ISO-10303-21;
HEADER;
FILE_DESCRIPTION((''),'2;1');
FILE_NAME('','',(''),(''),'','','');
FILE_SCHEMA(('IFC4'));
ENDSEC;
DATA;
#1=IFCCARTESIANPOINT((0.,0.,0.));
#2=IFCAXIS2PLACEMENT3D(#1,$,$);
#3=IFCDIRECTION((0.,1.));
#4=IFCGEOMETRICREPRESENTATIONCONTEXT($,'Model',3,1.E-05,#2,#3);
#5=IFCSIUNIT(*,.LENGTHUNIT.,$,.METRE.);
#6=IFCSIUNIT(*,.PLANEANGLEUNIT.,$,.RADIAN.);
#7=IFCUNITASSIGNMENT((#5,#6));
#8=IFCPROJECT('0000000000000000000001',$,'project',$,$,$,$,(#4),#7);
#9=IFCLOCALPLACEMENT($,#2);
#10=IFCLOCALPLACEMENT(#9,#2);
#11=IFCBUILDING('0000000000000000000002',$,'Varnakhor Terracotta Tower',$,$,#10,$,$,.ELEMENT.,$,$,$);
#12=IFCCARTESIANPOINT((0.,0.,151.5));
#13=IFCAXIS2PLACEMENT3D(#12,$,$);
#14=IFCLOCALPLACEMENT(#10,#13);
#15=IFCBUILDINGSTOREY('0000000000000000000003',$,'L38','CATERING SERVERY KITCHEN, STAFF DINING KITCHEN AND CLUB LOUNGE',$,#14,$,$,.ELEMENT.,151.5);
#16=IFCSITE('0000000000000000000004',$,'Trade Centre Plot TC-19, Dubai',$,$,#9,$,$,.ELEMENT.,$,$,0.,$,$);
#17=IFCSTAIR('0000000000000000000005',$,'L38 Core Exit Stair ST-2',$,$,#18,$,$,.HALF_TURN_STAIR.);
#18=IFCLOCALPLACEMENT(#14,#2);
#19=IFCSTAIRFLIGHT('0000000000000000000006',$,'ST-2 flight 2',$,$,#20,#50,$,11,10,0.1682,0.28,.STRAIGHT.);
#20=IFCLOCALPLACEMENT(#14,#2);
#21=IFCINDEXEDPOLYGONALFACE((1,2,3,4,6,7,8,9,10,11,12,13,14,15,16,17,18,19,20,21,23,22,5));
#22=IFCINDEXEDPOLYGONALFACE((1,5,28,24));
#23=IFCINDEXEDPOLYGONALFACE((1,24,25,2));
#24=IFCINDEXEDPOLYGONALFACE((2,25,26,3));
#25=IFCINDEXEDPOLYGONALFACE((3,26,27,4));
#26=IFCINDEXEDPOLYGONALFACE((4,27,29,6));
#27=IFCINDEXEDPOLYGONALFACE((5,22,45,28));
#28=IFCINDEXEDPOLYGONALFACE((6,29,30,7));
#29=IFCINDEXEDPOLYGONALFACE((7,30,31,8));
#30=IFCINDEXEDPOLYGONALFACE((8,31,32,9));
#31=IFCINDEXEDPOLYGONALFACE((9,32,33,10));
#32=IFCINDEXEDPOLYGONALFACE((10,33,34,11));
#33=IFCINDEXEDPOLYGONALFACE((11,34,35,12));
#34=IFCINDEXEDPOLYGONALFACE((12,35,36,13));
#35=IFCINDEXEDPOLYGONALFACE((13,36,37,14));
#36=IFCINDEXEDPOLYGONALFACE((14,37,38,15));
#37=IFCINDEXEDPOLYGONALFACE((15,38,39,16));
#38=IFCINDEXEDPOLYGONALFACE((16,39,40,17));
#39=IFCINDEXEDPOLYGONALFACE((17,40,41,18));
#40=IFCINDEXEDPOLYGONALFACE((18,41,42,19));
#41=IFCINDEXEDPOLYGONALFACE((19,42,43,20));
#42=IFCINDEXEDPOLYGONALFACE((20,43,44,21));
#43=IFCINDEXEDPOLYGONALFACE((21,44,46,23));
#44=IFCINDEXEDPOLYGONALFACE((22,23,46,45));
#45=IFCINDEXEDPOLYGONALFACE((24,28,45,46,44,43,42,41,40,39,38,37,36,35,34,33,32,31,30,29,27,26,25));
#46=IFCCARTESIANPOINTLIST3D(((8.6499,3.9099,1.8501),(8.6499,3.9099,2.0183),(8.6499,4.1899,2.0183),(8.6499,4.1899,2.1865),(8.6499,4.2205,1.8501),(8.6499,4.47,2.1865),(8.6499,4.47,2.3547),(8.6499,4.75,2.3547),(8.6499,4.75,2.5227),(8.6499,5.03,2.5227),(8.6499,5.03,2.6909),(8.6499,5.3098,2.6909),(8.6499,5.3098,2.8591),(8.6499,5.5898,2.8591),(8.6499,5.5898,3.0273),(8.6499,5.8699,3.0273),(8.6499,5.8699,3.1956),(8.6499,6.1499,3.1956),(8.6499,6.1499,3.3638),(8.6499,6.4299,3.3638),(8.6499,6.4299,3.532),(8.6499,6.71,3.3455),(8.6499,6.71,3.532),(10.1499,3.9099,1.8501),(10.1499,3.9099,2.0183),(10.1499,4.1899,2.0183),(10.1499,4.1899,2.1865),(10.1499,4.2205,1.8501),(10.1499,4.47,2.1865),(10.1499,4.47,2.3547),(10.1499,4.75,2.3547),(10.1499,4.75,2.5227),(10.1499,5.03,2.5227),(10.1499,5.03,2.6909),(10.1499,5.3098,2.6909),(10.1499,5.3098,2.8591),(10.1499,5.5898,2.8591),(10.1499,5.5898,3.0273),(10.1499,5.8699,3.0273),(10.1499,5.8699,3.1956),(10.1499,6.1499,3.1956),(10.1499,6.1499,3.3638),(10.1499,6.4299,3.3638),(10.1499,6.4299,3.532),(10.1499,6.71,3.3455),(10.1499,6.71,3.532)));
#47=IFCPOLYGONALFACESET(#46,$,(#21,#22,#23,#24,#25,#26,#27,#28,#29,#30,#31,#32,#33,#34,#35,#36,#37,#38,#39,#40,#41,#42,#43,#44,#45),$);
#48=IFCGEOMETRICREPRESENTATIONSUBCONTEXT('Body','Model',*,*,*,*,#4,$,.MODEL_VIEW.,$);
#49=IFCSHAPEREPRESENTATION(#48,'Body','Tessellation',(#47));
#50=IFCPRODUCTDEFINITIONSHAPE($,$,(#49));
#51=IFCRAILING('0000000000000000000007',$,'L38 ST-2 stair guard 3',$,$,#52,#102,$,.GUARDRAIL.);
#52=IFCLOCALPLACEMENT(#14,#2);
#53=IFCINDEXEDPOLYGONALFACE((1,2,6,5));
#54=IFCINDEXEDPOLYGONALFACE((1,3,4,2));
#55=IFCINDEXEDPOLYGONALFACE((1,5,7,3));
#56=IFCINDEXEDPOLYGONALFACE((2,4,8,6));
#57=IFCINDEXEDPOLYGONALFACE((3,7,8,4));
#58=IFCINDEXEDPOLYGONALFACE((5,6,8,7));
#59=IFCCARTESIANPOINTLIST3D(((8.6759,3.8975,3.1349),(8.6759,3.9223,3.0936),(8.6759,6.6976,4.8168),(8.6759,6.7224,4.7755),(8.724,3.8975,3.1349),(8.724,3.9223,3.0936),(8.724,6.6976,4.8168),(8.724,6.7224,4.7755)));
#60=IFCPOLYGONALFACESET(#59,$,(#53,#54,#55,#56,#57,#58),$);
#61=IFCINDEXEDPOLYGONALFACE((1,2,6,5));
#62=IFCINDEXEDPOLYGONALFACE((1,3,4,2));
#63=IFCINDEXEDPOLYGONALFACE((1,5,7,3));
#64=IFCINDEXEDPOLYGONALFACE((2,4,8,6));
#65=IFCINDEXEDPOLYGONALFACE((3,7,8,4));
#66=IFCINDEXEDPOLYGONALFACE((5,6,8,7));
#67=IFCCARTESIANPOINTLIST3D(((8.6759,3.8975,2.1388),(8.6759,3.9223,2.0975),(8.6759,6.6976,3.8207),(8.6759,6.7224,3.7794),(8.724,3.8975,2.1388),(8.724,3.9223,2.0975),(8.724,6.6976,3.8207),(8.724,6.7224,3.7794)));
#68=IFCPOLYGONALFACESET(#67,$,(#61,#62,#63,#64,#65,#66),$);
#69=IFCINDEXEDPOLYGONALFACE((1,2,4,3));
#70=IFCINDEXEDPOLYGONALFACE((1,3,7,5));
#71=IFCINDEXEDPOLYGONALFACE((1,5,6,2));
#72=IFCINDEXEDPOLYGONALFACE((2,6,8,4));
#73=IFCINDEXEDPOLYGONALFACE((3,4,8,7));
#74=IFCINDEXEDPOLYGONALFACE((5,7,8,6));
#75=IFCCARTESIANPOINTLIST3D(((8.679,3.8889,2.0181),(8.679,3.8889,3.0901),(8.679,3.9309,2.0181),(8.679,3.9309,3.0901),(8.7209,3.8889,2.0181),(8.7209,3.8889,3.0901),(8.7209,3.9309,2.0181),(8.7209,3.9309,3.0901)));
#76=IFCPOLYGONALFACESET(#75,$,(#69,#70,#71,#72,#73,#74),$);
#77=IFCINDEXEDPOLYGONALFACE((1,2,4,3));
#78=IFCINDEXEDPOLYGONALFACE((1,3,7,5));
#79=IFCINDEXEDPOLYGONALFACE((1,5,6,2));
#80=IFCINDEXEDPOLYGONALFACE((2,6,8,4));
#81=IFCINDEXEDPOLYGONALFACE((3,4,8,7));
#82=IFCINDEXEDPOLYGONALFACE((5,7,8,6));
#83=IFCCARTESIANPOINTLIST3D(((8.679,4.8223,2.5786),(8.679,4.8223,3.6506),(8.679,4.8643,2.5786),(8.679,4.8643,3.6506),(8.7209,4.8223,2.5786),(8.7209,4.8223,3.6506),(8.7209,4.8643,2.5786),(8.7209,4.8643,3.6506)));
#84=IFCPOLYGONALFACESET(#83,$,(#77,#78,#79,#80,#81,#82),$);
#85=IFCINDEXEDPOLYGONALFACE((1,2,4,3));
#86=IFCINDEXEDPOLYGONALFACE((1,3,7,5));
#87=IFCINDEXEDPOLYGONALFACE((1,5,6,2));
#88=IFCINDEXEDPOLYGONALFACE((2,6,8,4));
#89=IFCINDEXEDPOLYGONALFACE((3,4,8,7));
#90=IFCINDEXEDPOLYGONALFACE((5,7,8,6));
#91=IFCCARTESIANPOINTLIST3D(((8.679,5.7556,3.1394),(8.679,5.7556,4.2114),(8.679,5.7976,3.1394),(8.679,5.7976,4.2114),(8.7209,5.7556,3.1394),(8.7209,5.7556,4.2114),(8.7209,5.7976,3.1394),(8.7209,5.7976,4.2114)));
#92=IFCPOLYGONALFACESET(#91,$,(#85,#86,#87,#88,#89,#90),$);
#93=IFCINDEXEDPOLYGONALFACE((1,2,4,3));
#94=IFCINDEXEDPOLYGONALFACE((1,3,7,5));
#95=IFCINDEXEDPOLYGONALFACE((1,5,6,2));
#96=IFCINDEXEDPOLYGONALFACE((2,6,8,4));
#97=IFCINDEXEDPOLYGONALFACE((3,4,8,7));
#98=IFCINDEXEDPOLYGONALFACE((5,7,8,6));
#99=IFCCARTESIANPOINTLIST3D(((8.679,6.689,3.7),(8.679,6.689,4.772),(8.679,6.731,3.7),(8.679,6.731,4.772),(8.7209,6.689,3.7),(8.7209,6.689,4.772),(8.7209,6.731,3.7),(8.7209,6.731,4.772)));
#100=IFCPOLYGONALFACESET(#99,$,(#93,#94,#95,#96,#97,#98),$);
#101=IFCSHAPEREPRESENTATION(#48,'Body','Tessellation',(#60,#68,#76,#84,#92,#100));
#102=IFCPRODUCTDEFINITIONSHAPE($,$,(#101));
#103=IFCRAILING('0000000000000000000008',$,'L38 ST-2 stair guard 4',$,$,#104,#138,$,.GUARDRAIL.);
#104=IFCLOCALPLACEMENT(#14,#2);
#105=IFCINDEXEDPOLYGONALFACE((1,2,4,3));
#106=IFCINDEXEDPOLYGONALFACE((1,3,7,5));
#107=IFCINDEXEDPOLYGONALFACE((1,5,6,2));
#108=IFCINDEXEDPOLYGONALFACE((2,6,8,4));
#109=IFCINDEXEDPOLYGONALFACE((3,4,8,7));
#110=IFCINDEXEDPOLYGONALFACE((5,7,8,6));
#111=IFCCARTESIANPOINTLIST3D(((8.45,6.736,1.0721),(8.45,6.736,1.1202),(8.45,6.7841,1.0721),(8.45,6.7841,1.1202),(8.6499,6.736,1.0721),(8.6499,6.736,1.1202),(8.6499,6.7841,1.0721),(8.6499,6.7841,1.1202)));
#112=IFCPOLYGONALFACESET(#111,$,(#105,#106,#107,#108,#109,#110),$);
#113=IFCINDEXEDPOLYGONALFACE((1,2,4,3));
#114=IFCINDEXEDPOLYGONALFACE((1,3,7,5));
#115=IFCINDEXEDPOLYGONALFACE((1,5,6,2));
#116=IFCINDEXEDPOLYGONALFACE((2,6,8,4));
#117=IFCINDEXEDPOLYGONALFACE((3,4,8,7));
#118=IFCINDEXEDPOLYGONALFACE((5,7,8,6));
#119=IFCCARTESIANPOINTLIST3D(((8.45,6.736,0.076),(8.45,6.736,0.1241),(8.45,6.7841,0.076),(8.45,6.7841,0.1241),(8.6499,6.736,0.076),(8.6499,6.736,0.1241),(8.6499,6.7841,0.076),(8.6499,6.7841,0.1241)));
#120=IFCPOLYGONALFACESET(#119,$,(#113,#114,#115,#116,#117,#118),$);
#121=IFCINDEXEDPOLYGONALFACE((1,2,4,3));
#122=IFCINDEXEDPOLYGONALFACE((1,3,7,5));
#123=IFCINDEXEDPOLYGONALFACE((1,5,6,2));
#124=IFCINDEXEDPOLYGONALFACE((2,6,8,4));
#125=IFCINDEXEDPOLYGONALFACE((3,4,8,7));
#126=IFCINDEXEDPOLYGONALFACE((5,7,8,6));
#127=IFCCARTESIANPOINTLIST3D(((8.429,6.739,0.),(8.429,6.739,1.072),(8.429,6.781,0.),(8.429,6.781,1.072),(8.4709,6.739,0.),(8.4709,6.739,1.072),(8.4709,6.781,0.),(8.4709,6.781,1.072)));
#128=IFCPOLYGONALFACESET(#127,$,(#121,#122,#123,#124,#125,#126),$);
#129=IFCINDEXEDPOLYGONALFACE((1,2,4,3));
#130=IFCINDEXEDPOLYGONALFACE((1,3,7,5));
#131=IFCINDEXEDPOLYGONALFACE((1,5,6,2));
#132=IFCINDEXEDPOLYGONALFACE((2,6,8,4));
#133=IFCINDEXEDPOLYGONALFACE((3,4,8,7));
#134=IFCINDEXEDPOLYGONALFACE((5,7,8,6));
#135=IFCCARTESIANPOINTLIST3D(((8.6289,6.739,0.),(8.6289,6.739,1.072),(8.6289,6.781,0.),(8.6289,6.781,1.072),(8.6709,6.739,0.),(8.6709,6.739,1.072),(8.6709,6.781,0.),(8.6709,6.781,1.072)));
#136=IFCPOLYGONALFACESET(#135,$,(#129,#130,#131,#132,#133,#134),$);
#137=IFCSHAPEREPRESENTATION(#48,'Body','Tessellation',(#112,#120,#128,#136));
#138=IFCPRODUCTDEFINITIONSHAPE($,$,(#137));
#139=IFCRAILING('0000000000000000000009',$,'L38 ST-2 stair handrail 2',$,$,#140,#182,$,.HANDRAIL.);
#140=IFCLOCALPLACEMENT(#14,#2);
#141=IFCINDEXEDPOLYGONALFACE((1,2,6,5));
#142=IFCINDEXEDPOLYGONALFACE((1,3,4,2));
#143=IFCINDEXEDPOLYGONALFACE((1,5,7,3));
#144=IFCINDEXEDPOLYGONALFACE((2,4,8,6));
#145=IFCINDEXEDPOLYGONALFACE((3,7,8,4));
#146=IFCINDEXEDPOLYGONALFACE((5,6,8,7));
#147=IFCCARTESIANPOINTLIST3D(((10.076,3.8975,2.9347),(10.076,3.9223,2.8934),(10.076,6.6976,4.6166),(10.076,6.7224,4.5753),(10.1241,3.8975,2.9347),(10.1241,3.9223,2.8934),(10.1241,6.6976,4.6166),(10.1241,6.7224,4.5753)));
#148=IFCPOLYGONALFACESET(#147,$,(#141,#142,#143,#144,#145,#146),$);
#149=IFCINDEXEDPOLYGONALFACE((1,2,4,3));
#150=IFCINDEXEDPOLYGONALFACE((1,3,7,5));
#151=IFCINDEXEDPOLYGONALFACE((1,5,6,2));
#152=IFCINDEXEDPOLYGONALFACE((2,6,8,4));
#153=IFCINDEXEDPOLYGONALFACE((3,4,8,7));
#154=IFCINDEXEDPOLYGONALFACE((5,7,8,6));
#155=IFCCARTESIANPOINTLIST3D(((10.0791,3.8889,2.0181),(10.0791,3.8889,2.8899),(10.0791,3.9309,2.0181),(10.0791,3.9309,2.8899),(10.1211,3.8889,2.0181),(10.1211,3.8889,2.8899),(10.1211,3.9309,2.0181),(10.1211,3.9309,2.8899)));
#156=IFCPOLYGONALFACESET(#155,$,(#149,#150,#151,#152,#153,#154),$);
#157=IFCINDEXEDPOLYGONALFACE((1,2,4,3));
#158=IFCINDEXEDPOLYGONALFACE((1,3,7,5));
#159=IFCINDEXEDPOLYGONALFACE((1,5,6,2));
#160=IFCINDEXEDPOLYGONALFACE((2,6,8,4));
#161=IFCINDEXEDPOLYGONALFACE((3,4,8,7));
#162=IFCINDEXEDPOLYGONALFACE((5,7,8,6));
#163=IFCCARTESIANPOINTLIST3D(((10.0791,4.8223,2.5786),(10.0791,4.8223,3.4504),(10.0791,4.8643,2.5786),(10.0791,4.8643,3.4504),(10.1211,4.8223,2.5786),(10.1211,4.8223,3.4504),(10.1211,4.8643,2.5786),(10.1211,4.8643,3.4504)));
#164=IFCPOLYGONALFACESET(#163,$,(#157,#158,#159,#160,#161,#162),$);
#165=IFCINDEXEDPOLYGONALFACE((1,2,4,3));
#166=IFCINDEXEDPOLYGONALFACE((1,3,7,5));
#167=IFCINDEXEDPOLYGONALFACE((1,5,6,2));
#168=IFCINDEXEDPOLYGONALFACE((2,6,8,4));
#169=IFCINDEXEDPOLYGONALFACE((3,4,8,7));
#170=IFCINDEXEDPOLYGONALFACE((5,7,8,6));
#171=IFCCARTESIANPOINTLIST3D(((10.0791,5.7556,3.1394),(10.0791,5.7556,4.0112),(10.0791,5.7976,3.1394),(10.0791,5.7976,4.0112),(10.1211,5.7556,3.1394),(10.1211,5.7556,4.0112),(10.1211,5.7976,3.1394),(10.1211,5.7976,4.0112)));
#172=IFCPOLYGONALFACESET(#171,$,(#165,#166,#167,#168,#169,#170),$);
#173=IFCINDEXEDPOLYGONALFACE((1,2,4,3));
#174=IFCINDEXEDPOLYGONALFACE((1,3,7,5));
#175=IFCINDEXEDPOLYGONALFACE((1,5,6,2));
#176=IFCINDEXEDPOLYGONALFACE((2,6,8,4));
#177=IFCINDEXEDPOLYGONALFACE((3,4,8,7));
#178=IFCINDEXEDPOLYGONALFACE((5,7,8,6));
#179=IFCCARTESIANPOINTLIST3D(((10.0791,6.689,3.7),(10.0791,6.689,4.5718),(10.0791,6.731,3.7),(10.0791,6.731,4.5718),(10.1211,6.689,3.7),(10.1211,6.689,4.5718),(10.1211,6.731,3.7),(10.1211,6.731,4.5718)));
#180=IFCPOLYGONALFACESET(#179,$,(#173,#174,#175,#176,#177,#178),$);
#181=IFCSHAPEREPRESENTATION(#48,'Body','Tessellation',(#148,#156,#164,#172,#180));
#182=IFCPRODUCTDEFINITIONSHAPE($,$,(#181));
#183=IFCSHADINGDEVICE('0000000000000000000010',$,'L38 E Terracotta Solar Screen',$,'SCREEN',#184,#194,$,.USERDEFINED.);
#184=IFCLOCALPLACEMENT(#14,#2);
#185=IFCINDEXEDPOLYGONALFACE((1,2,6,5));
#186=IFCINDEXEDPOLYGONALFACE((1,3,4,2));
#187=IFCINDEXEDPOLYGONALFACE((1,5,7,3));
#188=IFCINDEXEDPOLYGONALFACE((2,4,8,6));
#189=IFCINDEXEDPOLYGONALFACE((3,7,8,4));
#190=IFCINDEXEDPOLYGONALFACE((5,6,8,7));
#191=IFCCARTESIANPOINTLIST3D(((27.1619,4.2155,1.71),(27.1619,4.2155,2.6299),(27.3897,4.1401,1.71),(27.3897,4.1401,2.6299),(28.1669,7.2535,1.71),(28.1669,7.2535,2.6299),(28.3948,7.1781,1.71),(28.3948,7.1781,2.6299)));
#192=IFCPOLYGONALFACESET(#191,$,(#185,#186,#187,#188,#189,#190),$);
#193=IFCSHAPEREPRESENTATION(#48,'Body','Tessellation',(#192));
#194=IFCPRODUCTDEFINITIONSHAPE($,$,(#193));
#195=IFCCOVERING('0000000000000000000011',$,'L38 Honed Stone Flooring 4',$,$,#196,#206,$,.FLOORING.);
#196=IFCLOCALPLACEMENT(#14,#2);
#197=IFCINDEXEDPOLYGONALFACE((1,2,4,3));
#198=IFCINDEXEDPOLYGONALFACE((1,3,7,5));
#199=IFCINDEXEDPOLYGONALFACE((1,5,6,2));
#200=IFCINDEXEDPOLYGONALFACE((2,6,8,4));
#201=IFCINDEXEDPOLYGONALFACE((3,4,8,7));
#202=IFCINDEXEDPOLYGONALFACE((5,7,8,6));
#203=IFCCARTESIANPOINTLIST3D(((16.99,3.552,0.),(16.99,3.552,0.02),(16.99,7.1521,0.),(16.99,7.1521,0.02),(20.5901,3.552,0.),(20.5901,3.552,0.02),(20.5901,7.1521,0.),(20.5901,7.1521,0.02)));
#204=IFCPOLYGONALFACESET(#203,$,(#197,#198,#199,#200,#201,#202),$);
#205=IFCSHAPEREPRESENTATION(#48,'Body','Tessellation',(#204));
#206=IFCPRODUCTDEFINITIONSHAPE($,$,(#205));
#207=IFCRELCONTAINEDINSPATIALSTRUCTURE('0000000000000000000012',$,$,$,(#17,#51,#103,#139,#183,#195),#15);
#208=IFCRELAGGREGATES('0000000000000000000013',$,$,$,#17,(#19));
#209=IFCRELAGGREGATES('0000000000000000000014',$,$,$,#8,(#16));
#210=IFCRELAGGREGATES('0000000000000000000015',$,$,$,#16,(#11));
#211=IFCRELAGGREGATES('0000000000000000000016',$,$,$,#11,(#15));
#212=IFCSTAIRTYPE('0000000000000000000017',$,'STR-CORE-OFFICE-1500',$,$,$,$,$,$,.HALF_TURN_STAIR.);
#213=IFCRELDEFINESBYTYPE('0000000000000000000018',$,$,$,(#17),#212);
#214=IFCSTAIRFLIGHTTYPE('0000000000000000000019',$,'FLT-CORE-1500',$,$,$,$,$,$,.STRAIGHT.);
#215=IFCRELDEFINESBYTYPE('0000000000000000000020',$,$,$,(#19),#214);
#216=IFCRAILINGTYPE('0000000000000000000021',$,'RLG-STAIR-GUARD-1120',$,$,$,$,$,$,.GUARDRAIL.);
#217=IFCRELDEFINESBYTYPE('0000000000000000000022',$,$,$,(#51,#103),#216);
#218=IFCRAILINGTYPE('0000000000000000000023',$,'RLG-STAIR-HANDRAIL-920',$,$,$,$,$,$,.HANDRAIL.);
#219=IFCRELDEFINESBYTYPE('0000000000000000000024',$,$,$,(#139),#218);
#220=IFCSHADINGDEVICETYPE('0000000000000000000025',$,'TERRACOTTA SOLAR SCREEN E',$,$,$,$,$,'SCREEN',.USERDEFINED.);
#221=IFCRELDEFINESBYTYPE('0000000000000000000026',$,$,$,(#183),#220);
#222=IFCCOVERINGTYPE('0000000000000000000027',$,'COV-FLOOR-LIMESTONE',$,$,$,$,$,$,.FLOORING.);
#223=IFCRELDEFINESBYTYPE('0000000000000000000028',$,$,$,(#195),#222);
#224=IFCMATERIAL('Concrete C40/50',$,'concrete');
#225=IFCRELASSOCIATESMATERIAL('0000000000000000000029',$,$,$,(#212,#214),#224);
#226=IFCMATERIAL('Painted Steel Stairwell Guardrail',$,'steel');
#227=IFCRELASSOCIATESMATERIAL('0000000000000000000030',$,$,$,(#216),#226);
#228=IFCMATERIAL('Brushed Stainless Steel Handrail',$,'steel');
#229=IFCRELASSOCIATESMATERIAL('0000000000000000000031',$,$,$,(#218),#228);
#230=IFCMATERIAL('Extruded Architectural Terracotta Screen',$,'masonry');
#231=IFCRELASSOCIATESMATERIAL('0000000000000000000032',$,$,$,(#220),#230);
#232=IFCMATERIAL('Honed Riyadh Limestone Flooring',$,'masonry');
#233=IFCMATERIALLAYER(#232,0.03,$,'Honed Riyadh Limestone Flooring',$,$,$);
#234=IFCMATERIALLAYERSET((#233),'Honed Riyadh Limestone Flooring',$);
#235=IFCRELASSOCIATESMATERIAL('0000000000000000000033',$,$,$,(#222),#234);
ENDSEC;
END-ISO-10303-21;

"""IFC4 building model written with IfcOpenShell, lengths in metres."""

from ifc_helpers import new_model, si_unit, direction, frame, origin, origin_2d, place, context, subcontext, project, spatial, polyline, rectangle, outline, extrude, source, transform, mapped, material, layer, layer_set, type_object, type_shapes, element, aggregate, save


model = new_model("IFC4")

# Units and contexts
model_context = context("Model", 3, precision=1e-05, world=origin(), true_north=direction((0.0, 1.0)))
body_context = subcontext(model_context, "Body", "Model", "MODEL_VIEW")
ifc_project = project(units=[si_unit("LENGTHUNIT", "METRE"), si_unit("PLANEANGLEUNIT", "RADIAN")], contexts=[model_context])

# Site, building, storey
site_placement = place(None, origin())
site = spatial("IfcSite", under=ifc_project, at=site_placement, Name="Trade Centre Plot TC-19, Dubai", CompositionType="ELEMENT", RefElevation=0.0)
building_placement = place(site_placement, origin())
building = spatial("IfcBuilding", under=site, at=building_placement, Name="Varnakhor Terracotta Tower", CompositionType="ELEMENT")
storey_placement = place(building_placement, frame((0.0, 0.0, 151.5)))
storey = spatial("IfcBuildingStorey", under=building, at=storey_placement, Name="L38", Description="CATERING SERVERY KITCHEN, STAFF DINING KITCHEN AND CLUB LOUNGE", CompositionType="ELEMENT", Elevation=151.5)

# Stair, stair flight
ifc_material_1 = material(Name="Concrete C40/50", Category="concrete")
stair_type = type_object("IfcStairType", Name="STR-CORE-OFFICE-1500", PredefinedType="HALF_TURN_STAIR", material=ifc_material_1)
stair_placement = place(storey_placement, origin())
stair = element("IfcStair", 1, at=stair_placement, inside=storey, type_object=stair_type, Name="L38 Core Exit Stair ST-2", PredefinedType="HALF_TURN_STAIR")
stair_flight_type = type_object("IfcStairFlightType", Name="FLT-CORE-1500", PredefinedType="STRAIGHT", material=ifc_material_1)
stair_flight_placement = place(storey_placement, frame((9.3999, 3.9099, 1.8501), z_axis=(0.0, 0.0, 1.0), x_axis=(0.0, 1.0, 0.0)))
stair_flight = element("IfcStairFlight", 2, at=stair_flight_placement, type_object=stair_flight_type, Name="ST-2 flight 2", NumberOfRisers=11, NumberOfTreads=10, PredefinedType="STRAIGHT", RiserHeight=0.1682, TreadLength=0.28, context=body_context, shape_type="SweptSolid", body=[
    extrude(outline(polyline([(0.0, 0.0), (0.0, 0.1682), (0.28, 0.1682), (0.28, 0.3364), (0.5601, 0.3364), (0.5601, 0.5046), (0.8401, 0.5046), (0.8401, 0.6726), (1.1201, 0.6726), (1.1201, 0.8408), (1.3999, 0.8408), (1.3999, 1.009), (1.6799, 1.009), (1.6799, 1.1772), (1.96, 1.1772), (1.96, 1.3455), (2.24, 1.3455), (2.24, 1.5137), (2.52, 1.5137), (2.52, 1.6819), (2.8, 1.6819), (2.8, 1.8501), (2.8, 1.4954), (0.3105, 0.0), (0.0, 0.0)])), frame((0.0, 0.75, 0.0), z_axis=(0.0, -1.0, 0.0), x_axis=(1.0, 0.0, 0.0)), (0.0, 0.0, 1.0), 1.5),
])
aggregate(stair, [stair_flight])

# Railings
ifc_material_2 = material(Name="Painted Steel Stairwell Guardrail", Category="steel")
railing_type_1 = type_object("IfcRailingType", Name="RLG-STAIR-GUARD-1120", PredefinedType="GUARDRAIL", material=ifc_material_2)
railing_1_placement = place(storey_placement, frame((8.7, 3.9099, 2.0181)))
element("IfcRailing", 3, at=railing_1_placement, inside=storey, type_object=railing_type_1, Name="L38 ST-2 stair guard 3", PredefinedType="GUARDRAIL", context=body_context, shape_type="SweptSolid", body=[
    extrude(rectangle(XDim=0.0481, YDim=0.0481, at=origin_2d()), frame((0.0, 0.0, 1.0962), z_axis=(0.0, 0.857242, 0.514913), x_axis=(-1.0, 0.0, 0.0)), (0.0, 0.0, 1.0), 3.2664),
    extrude(rectangle(XDim=0.0481, YDim=0.0481, at=origin_2d()), frame((0.0, 0.0, 0.1001), z_axis=(0.0, 0.857242, 0.514913), x_axis=(-1.0, 0.0, 0.0)), (0.0, 0.0, 1.0), 3.2664),
    extrude(rectangle(XDim=0.042, YDim=0.042, at=origin_2d()), origin(), (0.0, 0.0, 1.0), 1.072),
    extrude(rectangle(XDim=0.042, YDim=0.042, at=origin_2d()), frame((0.0, 0.9333, 0.5605)), (0.0, 0.0, 1.0), 1.072),
    extrude(rectangle(XDim=0.042, YDim=0.042, at=origin_2d()), frame((0.0, 1.8667, 1.1213)), (0.0, 0.0, 1.0), 1.072),
    extrude(rectangle(XDim=0.042, YDim=0.042, at=origin_2d()), frame((0.0, 2.8, 1.6819)), (0.0, 0.0, 1.0), 1.072),
])
railing_2_placement = place(storey_placement, frame((8.45, 6.76, 0.0)))
element("IfcRailing", 4, at=railing_2_placement, inside=storey, type_object=railing_type_1, Name="L38 ST-2 stair guard 4", PredefinedType="GUARDRAIL", context=body_context, shape_type="SweptSolid", body=[
    extrude(rectangle(XDim=0.0481, YDim=0.0481, at=origin_2d()), frame((0.0, 0.0, 1.0962), z_axis=(1.0, 0.0, 0.0), x_axis=(0.0, 1.0, 0.0)), (0.0, 0.0, 1.0), 0.2),
    extrude(rectangle(XDim=0.0481, YDim=0.0481, at=origin_2d()), frame((0.0, 0.0, 0.1001), z_axis=(1.0, 0.0, 0.0), x_axis=(0.0, 1.0, 0.0)), (0.0, 0.0, 1.0), 0.2),
    extrude(rectangle(XDim=0.042, YDim=0.042, at=origin_2d()), origin(), (0.0, 0.0, 1.0), 1.072),
    extrude(rectangle(XDim=0.042, YDim=0.042, at=origin_2d()), frame((0.2, 0.0, 0.0)), (0.0, 0.0, 1.0), 1.072),
])
ifc_material_3 = material(Name="Brushed Stainless Steel Handrail", Category="steel")
railing_type_2 = type_object("IfcRailingType", Name="RLG-STAIR-HANDRAIL-920", PredefinedType="HANDRAIL", material=ifc_material_3)
railing_3_placement = place(storey_placement, frame((10.1001, 3.9099, 2.0181)))
element("IfcRailing", 5, at=railing_3_placement, inside=storey, type_object=railing_type_2, Name="L38 ST-2 stair handrail 2", PredefinedType="HANDRAIL", context=body_context, shape_type="SweptSolid", body=[
    extrude(rectangle(XDim=0.0481, YDim=0.0481, at=origin_2d()), frame((0.0, 0.0, 0.896), z_axis=(0.0, 0.857242, 0.514913), x_axis=(-1.0, 0.0, 0.0)), (0.0, 0.0, 1.0), 3.2664),
    extrude(rectangle(XDim=0.042, YDim=0.042, at=origin_2d()), origin(), (0.0, 0.0, 1.0), 0.8718),
    extrude(rectangle(XDim=0.042, YDim=0.042, at=origin_2d()), frame((0.0, 0.9333, 0.5605)), (0.0, 0.0, 1.0), 0.8718),
    extrude(rectangle(XDim=0.042, YDim=0.042, at=origin_2d()), frame((0.0, 1.8667, 1.1213)), (0.0, 0.0, 1.0), 0.8718),
    extrude(rectangle(XDim=0.042, YDim=0.042, at=origin_2d()), frame((0.0, 2.8, 1.6819)), (0.0, 0.0, 1.0), 0.8718),
])

# Shading device
ifc_material_4 = material(Name="Extruded Architectural Terracotta Screen", Category="masonry")
shading_device_type = type_object("IfcShadingDeviceType", Name="TERRACOTTA SOLAR SCREEN E", ElementType="SCREEN", PredefinedType="USERDEFINED", material=ifc_material_4)
shared_shape_1 = source(origin(), body_context, "Body", "SweptSolid", [
    extrude(rectangle(XDim=3.2, YDim=0.24, at=origin_2d()), origin(), (0.0, 0.0, 1.0), 0.9199),
])
type_shapes(shading_device_type, [shared_shape_1])
shading_device_placement = place(storey_placement, frame((27.7783, 5.6968, 1.71), z_axis=(0.0, 0.0, 1.0), x_axis=(0.314092, 0.949393, 0.0)))
element("IfcShadingDevice", 6, at=shading_device_placement, inside=storey, type_object=shading_device_type, Name="L38 E Terracotta Solar Screen", ObjectType="SCREEN", PredefinedType="USERDEFINED", context=body_context, shape_type="MappedRepresentation", body=[
    mapped(shared_shape_1, transform((0.0, 0.0, 0.0), scale=1.0)),
])

# Covering
ifc_material_5 = material(Name="Honed Riyadh Limestone Flooring", Category="masonry")
ifc_layer_1 = layer(ifc_material_5, 0.03, Name="Honed Riyadh Limestone Flooring")
ifc_layer_set_1 = layer_set([ifc_layer_1], Name="Honed Riyadh Limestone Flooring")
covering_type = type_object("IfcCoveringType", Name="COV-FLOOR-LIMESTONE", PredefinedType="FLOORING", material=ifc_layer_set_1)
shared_shape_2 = source(origin(), body_context, "Body", "SweptSolid", [
    extrude(rectangle(XDim=3.6001, YDim=3.6001, at=origin_2d()), origin(), (0.0, 0.0, 1.0), 0.02),
])
covering_placement = place(storey_placement, frame((18.79, 5.3521, 0.0), z_axis=(0.0, 0.0, 1.0), x_axis=(1.0, 0.0, 0.0)))
element("IfcCovering", 7, at=covering_placement, inside=storey, type_object=covering_type, Name="L38 Honed Stone Flooring 4", PredefinedType="FLOORING", context=body_context, shape_type="MappedRepresentation", body=[
    mapped(shared_shape_2, transform((0.0, 0.0, 0.0), scale=1.0)),
])

save(model, "model.ifc")
